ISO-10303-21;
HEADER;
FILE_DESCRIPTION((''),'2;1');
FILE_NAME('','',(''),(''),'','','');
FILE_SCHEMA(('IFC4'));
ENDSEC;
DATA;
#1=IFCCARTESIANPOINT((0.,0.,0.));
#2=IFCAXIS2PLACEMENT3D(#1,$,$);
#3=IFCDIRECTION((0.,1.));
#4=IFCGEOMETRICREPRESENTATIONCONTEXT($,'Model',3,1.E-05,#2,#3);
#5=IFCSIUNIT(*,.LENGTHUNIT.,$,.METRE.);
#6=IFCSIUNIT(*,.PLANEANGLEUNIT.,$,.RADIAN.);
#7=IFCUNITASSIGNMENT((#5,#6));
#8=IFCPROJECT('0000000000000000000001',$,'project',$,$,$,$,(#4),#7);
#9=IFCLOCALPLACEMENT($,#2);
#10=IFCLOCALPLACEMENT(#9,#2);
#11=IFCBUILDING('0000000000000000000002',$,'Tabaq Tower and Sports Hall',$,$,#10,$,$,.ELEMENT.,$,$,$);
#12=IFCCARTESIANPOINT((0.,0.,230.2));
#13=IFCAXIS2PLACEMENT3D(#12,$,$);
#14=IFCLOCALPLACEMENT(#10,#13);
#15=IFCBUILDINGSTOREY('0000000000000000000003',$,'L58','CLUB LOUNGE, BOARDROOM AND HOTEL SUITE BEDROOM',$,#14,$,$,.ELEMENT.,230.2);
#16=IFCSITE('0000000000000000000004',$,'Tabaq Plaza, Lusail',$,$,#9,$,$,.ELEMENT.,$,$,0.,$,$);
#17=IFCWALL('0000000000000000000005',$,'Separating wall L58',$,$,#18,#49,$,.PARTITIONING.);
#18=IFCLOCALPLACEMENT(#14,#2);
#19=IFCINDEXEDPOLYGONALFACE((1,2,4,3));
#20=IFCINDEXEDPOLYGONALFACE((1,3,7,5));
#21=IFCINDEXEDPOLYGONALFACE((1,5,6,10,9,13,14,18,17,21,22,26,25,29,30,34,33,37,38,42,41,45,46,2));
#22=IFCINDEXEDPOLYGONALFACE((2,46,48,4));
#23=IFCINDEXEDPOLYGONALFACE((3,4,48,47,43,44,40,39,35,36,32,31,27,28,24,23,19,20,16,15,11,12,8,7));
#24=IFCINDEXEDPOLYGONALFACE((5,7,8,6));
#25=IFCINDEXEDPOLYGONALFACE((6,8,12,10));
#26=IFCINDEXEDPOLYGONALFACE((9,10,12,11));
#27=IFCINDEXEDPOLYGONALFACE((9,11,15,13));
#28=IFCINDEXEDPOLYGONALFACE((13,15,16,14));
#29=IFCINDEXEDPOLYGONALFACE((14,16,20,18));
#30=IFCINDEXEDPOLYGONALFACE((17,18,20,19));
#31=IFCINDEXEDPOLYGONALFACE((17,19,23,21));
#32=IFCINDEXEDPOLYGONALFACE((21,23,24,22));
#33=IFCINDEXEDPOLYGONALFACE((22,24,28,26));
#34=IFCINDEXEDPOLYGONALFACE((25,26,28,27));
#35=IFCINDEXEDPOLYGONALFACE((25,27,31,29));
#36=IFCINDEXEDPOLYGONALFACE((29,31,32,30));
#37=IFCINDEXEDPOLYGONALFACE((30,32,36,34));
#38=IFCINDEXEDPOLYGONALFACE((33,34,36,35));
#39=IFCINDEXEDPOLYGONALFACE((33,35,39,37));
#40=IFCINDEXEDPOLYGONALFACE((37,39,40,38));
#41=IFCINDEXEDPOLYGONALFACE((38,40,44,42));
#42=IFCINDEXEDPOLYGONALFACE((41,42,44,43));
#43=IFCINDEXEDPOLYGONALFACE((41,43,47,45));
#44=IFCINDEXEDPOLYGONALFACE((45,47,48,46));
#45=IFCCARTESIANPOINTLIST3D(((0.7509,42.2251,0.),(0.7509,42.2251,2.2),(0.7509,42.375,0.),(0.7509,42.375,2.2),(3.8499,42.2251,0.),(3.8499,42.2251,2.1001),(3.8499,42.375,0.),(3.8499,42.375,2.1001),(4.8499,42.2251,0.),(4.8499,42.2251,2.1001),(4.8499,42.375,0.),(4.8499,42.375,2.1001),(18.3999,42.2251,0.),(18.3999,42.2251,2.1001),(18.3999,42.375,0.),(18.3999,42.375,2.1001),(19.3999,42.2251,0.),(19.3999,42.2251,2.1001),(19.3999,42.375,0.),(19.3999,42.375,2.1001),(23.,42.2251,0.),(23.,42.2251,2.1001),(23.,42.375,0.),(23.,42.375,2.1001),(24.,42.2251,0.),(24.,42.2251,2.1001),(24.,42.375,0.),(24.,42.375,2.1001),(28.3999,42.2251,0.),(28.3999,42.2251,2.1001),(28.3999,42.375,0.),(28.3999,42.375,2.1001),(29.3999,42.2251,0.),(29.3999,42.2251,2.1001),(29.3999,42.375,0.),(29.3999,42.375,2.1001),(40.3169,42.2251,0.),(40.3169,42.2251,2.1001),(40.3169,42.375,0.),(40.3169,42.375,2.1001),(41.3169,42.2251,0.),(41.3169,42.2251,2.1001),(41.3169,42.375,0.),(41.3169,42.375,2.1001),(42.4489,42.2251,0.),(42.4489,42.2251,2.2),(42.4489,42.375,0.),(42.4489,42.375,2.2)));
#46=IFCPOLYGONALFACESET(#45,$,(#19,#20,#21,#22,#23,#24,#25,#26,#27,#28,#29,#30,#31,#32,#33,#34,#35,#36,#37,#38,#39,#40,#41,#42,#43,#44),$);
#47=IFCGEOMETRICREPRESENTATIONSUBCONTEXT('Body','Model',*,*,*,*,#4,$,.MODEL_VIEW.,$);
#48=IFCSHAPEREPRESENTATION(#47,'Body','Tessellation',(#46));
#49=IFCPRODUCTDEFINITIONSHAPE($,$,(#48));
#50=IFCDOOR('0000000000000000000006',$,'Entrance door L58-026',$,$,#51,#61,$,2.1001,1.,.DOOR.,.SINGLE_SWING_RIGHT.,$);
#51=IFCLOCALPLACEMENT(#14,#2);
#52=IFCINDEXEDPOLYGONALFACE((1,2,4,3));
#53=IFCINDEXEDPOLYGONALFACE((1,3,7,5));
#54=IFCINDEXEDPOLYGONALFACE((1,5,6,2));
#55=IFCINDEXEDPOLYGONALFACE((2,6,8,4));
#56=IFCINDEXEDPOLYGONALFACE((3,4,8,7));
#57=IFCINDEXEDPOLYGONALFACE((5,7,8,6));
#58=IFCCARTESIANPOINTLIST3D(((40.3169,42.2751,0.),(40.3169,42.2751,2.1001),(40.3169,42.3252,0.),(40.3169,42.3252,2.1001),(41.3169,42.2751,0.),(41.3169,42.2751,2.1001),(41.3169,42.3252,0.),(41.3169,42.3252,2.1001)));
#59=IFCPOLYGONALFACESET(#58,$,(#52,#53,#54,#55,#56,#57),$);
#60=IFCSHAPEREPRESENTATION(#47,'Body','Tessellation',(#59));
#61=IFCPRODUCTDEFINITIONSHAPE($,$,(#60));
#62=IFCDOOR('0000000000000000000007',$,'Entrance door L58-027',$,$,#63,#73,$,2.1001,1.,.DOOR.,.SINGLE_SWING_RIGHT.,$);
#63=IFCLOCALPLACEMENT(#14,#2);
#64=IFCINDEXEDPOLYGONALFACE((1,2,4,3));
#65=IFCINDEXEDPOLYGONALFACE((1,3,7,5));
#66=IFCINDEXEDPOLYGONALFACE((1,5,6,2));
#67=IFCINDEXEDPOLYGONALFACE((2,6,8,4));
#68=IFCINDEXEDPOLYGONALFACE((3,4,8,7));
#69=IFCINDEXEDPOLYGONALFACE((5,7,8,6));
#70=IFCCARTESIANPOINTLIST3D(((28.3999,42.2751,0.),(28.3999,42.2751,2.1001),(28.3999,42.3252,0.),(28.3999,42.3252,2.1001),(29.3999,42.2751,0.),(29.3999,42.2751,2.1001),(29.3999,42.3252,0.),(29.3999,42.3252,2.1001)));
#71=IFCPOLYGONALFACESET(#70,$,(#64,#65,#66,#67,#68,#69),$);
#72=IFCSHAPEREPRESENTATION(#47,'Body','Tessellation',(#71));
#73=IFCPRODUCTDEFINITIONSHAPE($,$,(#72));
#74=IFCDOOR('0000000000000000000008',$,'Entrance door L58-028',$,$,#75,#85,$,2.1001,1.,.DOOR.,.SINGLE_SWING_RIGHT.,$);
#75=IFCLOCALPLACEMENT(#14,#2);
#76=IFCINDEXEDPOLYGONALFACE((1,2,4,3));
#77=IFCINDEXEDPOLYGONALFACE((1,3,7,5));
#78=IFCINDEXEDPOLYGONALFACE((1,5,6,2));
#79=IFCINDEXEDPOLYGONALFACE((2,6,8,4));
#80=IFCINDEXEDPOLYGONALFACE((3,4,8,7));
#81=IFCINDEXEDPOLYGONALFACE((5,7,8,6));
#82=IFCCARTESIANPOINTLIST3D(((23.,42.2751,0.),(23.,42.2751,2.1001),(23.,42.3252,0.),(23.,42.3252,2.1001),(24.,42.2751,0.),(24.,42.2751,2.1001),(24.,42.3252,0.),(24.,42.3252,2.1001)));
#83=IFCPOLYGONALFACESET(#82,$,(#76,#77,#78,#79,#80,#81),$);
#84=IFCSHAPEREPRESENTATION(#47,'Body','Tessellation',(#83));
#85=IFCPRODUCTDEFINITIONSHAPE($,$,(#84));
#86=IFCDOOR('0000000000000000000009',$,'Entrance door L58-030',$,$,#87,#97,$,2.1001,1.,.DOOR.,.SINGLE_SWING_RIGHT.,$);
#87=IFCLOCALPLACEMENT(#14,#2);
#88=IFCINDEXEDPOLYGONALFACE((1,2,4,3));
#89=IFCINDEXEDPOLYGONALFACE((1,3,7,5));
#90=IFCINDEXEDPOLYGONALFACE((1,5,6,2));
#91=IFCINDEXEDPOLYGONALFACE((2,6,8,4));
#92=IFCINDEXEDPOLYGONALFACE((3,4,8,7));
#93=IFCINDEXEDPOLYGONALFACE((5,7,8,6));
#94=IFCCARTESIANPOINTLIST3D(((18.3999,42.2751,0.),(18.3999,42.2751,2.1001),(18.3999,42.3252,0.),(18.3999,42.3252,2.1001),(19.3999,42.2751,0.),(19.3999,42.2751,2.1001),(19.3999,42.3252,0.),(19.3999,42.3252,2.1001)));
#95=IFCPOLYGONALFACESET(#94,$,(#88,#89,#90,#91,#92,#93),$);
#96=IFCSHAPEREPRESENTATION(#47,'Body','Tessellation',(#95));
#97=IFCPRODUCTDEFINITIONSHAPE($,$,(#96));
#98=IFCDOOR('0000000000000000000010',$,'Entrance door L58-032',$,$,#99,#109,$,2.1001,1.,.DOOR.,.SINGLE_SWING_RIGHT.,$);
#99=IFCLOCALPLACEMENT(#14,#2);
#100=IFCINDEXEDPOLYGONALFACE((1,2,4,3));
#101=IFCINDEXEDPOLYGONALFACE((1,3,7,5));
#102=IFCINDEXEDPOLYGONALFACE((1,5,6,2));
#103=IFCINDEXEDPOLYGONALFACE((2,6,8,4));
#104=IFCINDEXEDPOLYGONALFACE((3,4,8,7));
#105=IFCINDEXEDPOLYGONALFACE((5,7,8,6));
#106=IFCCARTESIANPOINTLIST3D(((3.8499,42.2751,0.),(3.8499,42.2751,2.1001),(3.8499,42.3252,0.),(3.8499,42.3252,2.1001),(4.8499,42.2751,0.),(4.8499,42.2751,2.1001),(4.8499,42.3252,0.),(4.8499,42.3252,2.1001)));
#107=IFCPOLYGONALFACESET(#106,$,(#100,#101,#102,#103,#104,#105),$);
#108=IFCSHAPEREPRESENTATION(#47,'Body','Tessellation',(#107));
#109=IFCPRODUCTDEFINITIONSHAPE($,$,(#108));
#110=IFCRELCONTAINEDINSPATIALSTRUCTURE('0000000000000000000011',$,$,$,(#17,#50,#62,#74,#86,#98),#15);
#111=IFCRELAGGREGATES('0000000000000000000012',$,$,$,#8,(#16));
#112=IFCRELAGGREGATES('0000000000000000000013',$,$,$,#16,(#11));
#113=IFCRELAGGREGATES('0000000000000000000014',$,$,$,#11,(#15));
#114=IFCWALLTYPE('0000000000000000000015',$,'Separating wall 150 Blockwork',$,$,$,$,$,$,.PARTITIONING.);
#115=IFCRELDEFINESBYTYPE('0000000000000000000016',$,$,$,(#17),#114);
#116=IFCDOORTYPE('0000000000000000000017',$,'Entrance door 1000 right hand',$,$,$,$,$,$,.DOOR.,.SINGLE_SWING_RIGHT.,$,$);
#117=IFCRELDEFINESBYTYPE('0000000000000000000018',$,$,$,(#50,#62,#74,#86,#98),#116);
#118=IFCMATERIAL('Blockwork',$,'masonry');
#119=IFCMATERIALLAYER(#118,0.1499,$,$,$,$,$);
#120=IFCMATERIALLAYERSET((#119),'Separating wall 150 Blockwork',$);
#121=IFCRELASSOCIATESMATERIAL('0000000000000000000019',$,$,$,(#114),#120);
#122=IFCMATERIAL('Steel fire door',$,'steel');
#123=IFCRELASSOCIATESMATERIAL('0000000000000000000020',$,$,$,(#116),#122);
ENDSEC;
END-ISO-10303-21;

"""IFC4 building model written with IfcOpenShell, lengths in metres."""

from ifc_helpers import new_model, si_unit, direction, frame, frame_2d, origin, place, context, subcontext, project, spatial, rectangle, extrude, material, layer, layer_set, type_object, element, fill, save


model = new_model("IFC4")

# Units and contexts
model_context = context("Model", 3, precision=1e-05, world=origin(), true_north=direction((0.0, 1.0)))
body_context = subcontext(model_context, "Body", "Model", "MODEL_VIEW")
ifc_project = project(units=[si_unit("LENGTHUNIT", "METRE"), si_unit("PLANEANGLEUNIT", "RADIAN")], contexts=[model_context])

# Site, building, storey
site_placement = place(None, origin())
site = spatial("IfcSite", under=ifc_project, at=site_placement, Name="Tabaq Plaza, Lusail", CompositionType="ELEMENT", RefElevation=0.0)
building_placement = place(site_placement, origin())
building = spatial("IfcBuilding", under=site, at=building_placement, Name="Tabaq Tower and Sports Hall", CompositionType="ELEMENT")
storey_placement = place(building_placement, frame((0.0, 0.0, 230.2)))
storey = spatial("IfcBuildingStorey", under=building, at=storey_placement, Name="L58", Description="CLUB LOUNGE, BOARDROOM AND HOTEL SUITE BEDROOM", CompositionType="ELEMENT", Elevation=230.2)

# Wall, openings, doors
ifc_material_1 = material(Name="Blockwork", Category="masonry")
ifc_layer_1 = layer(ifc_material_1, 0.1499)
ifc_layer_set_1 = layer_set([ifc_layer_1], Name="Separating wall 150 Blockwork")
wall_type_1 = type_object("IfcWallType", Name="Separating wall 150 Blockwork", PredefinedType="PARTITIONING", material=ifc_layer_set_1)
wall_1_placement = place(storey_placement, frame((42.449, 42.3, 0.0), z_axis=(0.0, 0.0, 1.0), x_axis=(-1.0, 0.0, 0.0)))
wall_1 = element("IfcWall", 1, at=wall_1_placement, inside=storey, type_object=wall_type_1, Name="Separating wall L58", PredefinedType="PARTITIONING", context=body_context, shape_type="SweptSolid", body=[
    extrude(rectangle(XDim=41.698, YDim=0.1499, at=frame_2d((20.8491, 0.0))), origin(), (0.0, 0.0, 1.0), 2.2),
])
opening_1_placement = place(wall_1_placement, frame((1.1321, 0.0, 0.0)))
opening_1 = element("IfcOpeningElement", 2, at=opening_1_placement, cuts=wall_1, PredefinedType="OPENING", context=body_context, shape_type="SweptSolid", body=[
    extrude(rectangle(XDim=1.0, YDim=2.1001, at=frame_2d((0.5, 1.05))), frame((0.0, 0.075, 0.0), z_axis=(0.0, -1.0, 0.0), x_axis=(1.0, 0.0, 0.0)), (0.0, 0.0, 1.0), 0.1499),
])
opening_2_placement = place(wall_1_placement, frame((13.0491, 0.0, 0.0)))
opening_2 = element("IfcOpeningElement", 3, at=opening_2_placement, cuts=wall_1, PredefinedType="OPENING", context=body_context, shape_type="SweptSolid", body=[
    extrude(rectangle(XDim=1.0, YDim=2.1001, at=frame_2d((0.5, 1.05))), frame((0.0, 0.075, 0.0), z_axis=(0.0, -1.0, 0.0), x_axis=(1.0, 0.0, 0.0)), (0.0, 0.0, 1.0), 0.1499),
])
opening_3_placement = place(wall_1_placement, frame((18.449, 0.0, 0.0)))
opening_3 = element("IfcOpeningElement", 4, at=opening_3_placement, cuts=wall_1, PredefinedType="OPENING", context=body_context, shape_type="SweptSolid", body=[
    extrude(rectangle(XDim=1.0, YDim=2.1001, at=frame_2d((0.5, 1.05))), frame((0.0, 0.075, 0.0), z_axis=(0.0, -1.0, 0.0), x_axis=(1.0, 0.0, 0.0)), (0.0, 0.0, 1.0), 0.1499),
])
opening_4_placement = place(wall_1_placement, frame((23.0491, 0.0, 0.0)))
opening_4 = element("IfcOpeningElement", 5, at=opening_4_placement, cuts=wall_1, PredefinedType="OPENING", context=body_context, shape_type="SweptSolid", body=[
    extrude(rectangle(XDim=1.0, YDim=2.1001, at=frame_2d((0.5, 1.05))), frame((0.0, 0.075, 0.0), z_axis=(0.0, -1.0, 0.0), x_axis=(1.0, 0.0, 0.0)), (0.0, 0.0, 1.0), 0.1499),
])
opening_5_placement = place(wall_1_placement, frame((37.5991, 0.0, 0.0)))
opening_5 = element("IfcOpeningElement", 6, at=opening_5_placement, cuts=wall_1, PredefinedType="OPENING", context=body_context, shape_type="SweptSolid", body=[
    extrude(rectangle(XDim=1.0, YDim=2.1001, at=frame_2d((0.5, 1.05))), frame((0.0, 0.075, 0.0), z_axis=(0.0, -1.0, 0.0), x_axis=(1.0, 0.0, 0.0)), (0.0, 0.0, 1.0), 0.1499),
])
ifc_material_2 = material(Name="Steel fire door", Category="steel")
door_type_1 = type_object("IfcDoorType", Name="Entrance door 1000 right hand", OperationType="SINGLE_SWING_RIGHT", PredefinedType="DOOR", material=ifc_material_2)
door_1_placement = place(opening_1_placement, origin())
door_1 = element("IfcDoor", 7, at=door_1_placement, inside=storey, type_object=door_type_1, Name="Entrance door L58-026", OperationType="SINGLE_SWING_RIGHT", OverallHeight=2.1001, OverallWidth=1.0, PredefinedType="DOOR", context=body_context, shape_type="SweptSolid", body=[
    extrude(rectangle(XDim=1.0, YDim=2.1001, at=frame_2d((0.5, 1.05))), frame((0.0, 0.0249, 0.0), z_axis=(0.0, -1.0, 0.0), x_axis=(1.0, 0.0, 0.0)), (0.0, 0.0, 1.0), 0.05),
])
fill(opening_1, door_1)
door_2_placement = place(opening_2_placement, origin())
door_2 = element("IfcDoor", 8, at=door_2_placement, inside=storey, type_object=door_type_1, Name="Entrance door L58-027", OperationType="SINGLE_SWING_RIGHT", OverallHeight=2.1001, OverallWidth=1.0, PredefinedType="DOOR", context=body_context, shape_type="SweptSolid", body=[
    extrude(rectangle(XDim=1.0, YDim=2.1001, at=frame_2d((0.5, 1.05))), frame((0.0, 0.0249, 0.0), z_axis=(0.0, -1.0, 0.0), x_axis=(1.0, 0.0, 0.0)), (0.0, 0.0, 1.0), 0.05),
])
fill(opening_2, door_2)
door_3_placement = place(opening_3_placement, origin())
door_3 = element("IfcDoor", 9, at=door_3_placement, inside=storey, type_object=door_type_1, Name="Entrance door L58-028", OperationType="SINGLE_SWING_RIGHT", OverallHeight=2.1001, OverallWidth=1.0, PredefinedType="DOOR", context=body_context, shape_type="SweptSolid", body=[
    extrude(rectangle(XDim=1.0, YDim=2.1001, at=frame_2d((0.5, 1.05))), frame((0.0, 0.0249, 0.0), z_axis=(0.0, -1.0, 0.0), x_axis=(1.0, 0.0, 0.0)), (0.0, 0.0, 1.0), 0.05),
])
fill(opening_3, door_3)
door_4_placement = place(opening_4_placement, origin())
door_4 = element("IfcDoor", 10, at=door_4_placement, inside=storey, type_object=door_type_1, Name="Entrance door L58-030", OperationType="SINGLE_SWING_RIGHT", OverallHeight=2.1001, OverallWidth=1.0, PredefinedType="DOOR", context=body_context, shape_type="SweptSolid", body=[
    extrude(rectangle(XDim=1.0, YDim=2.1001, at=frame_2d((0.5, 1.05))), frame((0.0, 0.0249, 0.0), z_axis=(0.0, -1.0, 0.0), x_axis=(1.0, 0.0, 0.0)), (0.0, 0.0, 1.0), 0.05),
])
fill(opening_4, door_4)
door_5_placement = place(opening_5_placement, origin())
door_5 = element("IfcDoor", 11, at=door_5_placement, inside=storey, type_object=door_type_1, Name="Entrance door L58-032", OperationType="SINGLE_SWING_RIGHT", OverallHeight=2.1001, OverallWidth=1.0, PredefinedType="DOOR", context=body_context, shape_type="SweptSolid", body=[
    extrude(rectangle(XDim=1.0, YDim=2.1001, at=frame_2d((0.5, 1.05))), frame((0.0, 0.0249, 0.0), z_axis=(0.0, -1.0, 0.0), x_axis=(1.0, 0.0, 0.0)), (0.0, 0.0, 1.0), 0.05),
])
fill(opening_5, door_5)

save(model, "model.ifc")
